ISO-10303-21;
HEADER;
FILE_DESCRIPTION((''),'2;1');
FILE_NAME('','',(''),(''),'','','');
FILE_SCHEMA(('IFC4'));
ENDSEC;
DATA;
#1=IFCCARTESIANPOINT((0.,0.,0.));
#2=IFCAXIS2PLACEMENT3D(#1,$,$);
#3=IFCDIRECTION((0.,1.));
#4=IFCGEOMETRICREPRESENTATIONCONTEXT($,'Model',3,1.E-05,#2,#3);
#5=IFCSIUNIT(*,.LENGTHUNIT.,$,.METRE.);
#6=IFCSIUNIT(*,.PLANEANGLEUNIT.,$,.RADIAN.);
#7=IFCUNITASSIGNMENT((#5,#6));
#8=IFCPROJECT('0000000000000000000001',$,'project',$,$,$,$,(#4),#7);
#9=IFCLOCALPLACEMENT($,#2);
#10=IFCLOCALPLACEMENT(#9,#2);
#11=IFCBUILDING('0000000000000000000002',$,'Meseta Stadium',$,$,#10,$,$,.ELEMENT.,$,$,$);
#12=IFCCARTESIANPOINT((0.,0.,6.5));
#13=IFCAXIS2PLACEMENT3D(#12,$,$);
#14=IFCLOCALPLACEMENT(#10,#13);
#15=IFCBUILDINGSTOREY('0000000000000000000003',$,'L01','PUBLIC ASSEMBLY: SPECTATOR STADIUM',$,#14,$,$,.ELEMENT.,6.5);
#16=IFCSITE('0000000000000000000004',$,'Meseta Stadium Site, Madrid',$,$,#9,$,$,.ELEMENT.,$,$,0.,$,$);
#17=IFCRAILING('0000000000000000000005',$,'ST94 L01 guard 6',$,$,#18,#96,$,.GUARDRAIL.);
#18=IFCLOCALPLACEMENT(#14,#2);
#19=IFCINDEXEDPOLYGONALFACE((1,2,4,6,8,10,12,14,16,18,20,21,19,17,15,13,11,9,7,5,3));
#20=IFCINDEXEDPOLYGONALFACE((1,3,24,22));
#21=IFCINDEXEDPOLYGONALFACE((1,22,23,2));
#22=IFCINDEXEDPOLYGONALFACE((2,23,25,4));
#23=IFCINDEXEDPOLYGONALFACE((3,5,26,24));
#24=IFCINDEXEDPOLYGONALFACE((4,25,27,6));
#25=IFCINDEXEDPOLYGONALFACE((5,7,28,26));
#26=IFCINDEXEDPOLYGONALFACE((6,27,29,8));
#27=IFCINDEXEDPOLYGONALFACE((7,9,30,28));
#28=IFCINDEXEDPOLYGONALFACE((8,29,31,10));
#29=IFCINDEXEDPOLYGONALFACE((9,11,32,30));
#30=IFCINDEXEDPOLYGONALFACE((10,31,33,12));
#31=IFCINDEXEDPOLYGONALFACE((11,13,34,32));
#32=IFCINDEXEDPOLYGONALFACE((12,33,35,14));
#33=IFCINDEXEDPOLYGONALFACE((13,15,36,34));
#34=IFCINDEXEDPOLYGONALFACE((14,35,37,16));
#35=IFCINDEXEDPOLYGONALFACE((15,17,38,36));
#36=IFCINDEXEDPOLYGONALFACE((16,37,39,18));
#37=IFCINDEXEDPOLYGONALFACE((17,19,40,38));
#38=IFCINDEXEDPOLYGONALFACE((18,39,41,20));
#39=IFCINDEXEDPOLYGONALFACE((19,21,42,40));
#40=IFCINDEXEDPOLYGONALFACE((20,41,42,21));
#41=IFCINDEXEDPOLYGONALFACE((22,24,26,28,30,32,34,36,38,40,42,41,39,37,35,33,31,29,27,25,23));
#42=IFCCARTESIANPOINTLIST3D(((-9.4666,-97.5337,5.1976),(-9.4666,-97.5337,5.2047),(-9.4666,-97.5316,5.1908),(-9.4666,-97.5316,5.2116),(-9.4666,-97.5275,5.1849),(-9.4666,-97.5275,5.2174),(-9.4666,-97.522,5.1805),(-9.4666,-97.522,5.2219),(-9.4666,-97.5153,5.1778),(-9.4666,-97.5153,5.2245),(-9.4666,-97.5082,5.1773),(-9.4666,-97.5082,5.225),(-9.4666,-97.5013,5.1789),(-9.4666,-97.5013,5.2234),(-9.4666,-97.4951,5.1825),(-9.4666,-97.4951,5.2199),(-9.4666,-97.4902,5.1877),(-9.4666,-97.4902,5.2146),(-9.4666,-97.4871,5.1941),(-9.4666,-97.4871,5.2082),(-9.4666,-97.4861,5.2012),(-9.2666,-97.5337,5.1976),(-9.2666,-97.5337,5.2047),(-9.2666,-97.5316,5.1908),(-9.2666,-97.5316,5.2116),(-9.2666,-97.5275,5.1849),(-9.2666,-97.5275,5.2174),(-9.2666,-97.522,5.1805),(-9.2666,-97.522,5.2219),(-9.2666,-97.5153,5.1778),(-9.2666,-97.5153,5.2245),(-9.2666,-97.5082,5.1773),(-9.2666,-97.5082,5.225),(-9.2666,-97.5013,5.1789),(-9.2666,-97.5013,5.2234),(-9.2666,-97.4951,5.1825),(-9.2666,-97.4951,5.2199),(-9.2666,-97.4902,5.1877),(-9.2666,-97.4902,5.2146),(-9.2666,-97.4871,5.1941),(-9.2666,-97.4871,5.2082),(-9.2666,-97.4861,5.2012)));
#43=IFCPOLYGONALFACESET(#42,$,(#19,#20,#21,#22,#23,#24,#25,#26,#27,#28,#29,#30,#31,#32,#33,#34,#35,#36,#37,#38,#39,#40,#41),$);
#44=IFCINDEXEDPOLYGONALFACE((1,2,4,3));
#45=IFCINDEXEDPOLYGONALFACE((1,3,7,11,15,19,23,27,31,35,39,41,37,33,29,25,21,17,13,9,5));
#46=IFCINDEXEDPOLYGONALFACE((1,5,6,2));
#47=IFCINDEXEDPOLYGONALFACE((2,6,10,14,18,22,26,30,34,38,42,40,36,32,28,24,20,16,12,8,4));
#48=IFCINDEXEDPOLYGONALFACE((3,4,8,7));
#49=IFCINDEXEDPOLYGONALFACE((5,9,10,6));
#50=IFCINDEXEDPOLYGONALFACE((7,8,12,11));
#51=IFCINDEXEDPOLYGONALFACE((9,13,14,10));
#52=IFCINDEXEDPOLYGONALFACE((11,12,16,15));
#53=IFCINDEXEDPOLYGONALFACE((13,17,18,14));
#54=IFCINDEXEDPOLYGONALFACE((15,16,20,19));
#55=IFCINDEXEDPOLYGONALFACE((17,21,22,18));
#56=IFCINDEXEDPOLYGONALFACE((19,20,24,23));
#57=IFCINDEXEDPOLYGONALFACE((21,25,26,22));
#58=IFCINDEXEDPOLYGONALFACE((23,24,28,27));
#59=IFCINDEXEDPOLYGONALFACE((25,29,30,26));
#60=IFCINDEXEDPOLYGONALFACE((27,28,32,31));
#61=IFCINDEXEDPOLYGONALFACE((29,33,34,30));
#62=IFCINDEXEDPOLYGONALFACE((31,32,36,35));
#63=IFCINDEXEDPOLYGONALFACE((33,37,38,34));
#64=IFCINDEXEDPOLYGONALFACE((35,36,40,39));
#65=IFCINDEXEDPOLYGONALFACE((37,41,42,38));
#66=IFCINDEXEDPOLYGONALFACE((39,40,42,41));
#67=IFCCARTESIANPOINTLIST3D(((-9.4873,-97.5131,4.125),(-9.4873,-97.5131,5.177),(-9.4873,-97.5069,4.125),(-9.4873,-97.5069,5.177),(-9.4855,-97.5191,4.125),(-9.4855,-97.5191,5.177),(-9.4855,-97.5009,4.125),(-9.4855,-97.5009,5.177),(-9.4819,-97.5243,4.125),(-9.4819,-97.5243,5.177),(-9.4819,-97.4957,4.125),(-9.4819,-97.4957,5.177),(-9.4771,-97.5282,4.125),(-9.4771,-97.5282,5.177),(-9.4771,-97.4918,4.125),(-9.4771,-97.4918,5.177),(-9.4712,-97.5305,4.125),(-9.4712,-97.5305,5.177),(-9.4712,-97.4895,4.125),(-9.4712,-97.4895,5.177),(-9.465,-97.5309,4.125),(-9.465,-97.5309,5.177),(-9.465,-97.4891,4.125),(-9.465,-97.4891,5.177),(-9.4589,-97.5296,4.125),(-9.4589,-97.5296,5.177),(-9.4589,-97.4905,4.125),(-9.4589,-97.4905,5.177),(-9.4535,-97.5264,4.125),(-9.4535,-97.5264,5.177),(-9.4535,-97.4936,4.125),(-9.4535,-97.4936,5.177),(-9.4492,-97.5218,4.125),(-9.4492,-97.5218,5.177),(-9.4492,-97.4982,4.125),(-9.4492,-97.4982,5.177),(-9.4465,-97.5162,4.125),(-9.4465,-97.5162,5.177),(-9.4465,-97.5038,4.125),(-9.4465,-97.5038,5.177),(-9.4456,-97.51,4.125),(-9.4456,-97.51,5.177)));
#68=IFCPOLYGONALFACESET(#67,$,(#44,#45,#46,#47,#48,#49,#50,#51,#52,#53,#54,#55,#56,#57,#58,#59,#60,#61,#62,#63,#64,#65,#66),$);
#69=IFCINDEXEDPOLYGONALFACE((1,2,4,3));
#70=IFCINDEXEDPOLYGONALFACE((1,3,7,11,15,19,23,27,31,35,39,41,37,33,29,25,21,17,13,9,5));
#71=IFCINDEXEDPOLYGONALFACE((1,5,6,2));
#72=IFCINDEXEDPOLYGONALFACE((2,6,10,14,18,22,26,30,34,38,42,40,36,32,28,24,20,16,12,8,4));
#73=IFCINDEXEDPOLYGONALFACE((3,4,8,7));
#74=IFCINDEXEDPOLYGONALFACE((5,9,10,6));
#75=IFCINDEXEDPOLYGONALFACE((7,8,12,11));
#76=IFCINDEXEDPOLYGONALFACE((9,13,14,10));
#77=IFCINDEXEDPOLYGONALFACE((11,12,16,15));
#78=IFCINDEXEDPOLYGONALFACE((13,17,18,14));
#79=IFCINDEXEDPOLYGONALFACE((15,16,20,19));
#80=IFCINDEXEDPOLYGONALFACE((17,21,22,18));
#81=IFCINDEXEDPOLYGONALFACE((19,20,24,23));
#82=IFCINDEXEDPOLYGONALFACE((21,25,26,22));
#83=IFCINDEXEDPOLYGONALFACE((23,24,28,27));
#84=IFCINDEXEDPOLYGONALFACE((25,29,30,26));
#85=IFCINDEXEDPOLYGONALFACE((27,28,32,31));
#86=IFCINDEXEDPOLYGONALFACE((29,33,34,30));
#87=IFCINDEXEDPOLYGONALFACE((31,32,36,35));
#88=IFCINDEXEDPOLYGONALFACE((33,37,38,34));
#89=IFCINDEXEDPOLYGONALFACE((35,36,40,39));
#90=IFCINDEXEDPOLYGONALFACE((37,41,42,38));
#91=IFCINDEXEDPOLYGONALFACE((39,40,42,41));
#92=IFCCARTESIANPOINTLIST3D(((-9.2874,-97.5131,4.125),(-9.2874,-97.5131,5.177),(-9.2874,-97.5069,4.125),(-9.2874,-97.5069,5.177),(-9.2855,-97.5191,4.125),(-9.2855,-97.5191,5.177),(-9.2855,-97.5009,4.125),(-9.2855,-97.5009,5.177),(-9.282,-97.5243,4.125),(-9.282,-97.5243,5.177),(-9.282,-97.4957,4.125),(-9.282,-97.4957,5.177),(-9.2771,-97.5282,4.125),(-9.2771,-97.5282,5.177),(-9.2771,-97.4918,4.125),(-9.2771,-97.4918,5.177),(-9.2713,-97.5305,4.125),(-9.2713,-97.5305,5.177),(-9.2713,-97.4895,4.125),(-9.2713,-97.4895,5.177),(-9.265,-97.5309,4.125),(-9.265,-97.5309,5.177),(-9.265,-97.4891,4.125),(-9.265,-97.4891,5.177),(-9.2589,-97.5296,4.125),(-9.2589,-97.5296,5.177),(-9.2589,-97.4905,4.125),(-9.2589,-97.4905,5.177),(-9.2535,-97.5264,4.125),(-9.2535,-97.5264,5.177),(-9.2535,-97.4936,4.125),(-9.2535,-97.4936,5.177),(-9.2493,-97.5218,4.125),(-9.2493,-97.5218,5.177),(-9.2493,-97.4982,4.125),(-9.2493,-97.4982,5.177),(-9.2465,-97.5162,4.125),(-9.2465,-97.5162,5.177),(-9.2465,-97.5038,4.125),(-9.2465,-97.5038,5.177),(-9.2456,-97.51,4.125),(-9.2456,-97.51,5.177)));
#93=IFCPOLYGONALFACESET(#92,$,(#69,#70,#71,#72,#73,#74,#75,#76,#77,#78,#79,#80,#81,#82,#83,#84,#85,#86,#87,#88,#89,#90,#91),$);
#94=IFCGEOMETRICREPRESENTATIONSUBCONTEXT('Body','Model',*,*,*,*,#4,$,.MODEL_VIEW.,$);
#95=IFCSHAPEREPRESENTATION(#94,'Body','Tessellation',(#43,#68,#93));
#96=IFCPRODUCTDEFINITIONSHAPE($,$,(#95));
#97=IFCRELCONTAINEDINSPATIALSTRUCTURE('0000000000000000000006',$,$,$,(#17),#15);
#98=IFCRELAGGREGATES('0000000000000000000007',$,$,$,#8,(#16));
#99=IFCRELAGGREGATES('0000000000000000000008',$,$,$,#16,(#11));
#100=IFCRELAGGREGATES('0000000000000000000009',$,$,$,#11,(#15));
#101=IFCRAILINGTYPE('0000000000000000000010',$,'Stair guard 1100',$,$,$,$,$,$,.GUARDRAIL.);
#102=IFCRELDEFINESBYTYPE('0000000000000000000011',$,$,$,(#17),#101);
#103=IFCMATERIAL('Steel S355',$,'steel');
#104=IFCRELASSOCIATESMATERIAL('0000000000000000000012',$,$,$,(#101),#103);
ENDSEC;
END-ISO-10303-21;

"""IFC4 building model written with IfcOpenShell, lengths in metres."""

from ifc_helpers import new_model, si_unit, direction, frame, origin, origin_2d, place, context, subcontext, project, spatial, circle, extrude, material, type_object, element, save


model = new_model("IFC4")

# Units and contexts
model_context = context("Model", 3, precision=1e-05, world=origin(), true_north=direction((0.0, 1.0)))
body_context = subcontext(model_context, "Body", "Model", "MODEL_VIEW")
ifc_project = project(units=[si_unit("LENGTHUNIT", "METRE"), si_unit("PLANEANGLEUNIT", "RADIAN")], contexts=[model_context])

# Site, building, storey
site_placement = place(None, origin())
site = spatial("IfcSite", under=ifc_project, at=site_placement, Name="Meseta Stadium Site, Madrid", CompositionType="ELEMENT", RefElevation=0.0)
building_placement = place(site_placement, origin())
building = spatial("IfcBuilding", under=site, at=building_placement, Name="Meseta Stadium", CompositionType="ELEMENT")
storey_placement = place(building_placement, frame((0.0, 0.0, 6.5)))
storey = spatial("IfcBuildingStorey", under=building, at=storey_placement, Name="L01", Description="PUBLIC ASSEMBLY: SPECTATOR STADIUM", CompositionType="ELEMENT", Elevation=6.5)

# Railing
ifc_material_1 = material(Name="Steel S355", Category="steel")
railing_type_1 = type_object("IfcRailingType", Name="Stair guard 1100", PredefinedType="GUARDRAIL", material=ifc_material_1)
railing_1_placement = place(storey_placement, frame((-9.4666, -97.51, 4.125)))
element("IfcRailing", 1, at=railing_1_placement, inside=storey, type_object=railing_type_1, Name="ST94 L01 guard 6", PredefinedType="GUARDRAIL", context=body_context, shape_type="SweptSolid", body=[
    extrude(circle(Radius=0.0239, at=origin_2d()), frame((0.0, 0.0, 1.0762), z_axis=(1.0, 0.0, 0.0), x_axis=(0.0, 1.0, 0.0)), (0.0, 0.0, 1.0), 0.2),
    extrude(circle(Radius=0.021, at=origin_2d()), origin(), (0.0, 0.0, 1.0), 1.052),
    extrude(circle(Radius=0.021, at=origin_2d()), frame((0.2, 0.0, 0.0)), (0.0, 0.0, 1.0), 1.052),
])

save(model, "model.ifc")
